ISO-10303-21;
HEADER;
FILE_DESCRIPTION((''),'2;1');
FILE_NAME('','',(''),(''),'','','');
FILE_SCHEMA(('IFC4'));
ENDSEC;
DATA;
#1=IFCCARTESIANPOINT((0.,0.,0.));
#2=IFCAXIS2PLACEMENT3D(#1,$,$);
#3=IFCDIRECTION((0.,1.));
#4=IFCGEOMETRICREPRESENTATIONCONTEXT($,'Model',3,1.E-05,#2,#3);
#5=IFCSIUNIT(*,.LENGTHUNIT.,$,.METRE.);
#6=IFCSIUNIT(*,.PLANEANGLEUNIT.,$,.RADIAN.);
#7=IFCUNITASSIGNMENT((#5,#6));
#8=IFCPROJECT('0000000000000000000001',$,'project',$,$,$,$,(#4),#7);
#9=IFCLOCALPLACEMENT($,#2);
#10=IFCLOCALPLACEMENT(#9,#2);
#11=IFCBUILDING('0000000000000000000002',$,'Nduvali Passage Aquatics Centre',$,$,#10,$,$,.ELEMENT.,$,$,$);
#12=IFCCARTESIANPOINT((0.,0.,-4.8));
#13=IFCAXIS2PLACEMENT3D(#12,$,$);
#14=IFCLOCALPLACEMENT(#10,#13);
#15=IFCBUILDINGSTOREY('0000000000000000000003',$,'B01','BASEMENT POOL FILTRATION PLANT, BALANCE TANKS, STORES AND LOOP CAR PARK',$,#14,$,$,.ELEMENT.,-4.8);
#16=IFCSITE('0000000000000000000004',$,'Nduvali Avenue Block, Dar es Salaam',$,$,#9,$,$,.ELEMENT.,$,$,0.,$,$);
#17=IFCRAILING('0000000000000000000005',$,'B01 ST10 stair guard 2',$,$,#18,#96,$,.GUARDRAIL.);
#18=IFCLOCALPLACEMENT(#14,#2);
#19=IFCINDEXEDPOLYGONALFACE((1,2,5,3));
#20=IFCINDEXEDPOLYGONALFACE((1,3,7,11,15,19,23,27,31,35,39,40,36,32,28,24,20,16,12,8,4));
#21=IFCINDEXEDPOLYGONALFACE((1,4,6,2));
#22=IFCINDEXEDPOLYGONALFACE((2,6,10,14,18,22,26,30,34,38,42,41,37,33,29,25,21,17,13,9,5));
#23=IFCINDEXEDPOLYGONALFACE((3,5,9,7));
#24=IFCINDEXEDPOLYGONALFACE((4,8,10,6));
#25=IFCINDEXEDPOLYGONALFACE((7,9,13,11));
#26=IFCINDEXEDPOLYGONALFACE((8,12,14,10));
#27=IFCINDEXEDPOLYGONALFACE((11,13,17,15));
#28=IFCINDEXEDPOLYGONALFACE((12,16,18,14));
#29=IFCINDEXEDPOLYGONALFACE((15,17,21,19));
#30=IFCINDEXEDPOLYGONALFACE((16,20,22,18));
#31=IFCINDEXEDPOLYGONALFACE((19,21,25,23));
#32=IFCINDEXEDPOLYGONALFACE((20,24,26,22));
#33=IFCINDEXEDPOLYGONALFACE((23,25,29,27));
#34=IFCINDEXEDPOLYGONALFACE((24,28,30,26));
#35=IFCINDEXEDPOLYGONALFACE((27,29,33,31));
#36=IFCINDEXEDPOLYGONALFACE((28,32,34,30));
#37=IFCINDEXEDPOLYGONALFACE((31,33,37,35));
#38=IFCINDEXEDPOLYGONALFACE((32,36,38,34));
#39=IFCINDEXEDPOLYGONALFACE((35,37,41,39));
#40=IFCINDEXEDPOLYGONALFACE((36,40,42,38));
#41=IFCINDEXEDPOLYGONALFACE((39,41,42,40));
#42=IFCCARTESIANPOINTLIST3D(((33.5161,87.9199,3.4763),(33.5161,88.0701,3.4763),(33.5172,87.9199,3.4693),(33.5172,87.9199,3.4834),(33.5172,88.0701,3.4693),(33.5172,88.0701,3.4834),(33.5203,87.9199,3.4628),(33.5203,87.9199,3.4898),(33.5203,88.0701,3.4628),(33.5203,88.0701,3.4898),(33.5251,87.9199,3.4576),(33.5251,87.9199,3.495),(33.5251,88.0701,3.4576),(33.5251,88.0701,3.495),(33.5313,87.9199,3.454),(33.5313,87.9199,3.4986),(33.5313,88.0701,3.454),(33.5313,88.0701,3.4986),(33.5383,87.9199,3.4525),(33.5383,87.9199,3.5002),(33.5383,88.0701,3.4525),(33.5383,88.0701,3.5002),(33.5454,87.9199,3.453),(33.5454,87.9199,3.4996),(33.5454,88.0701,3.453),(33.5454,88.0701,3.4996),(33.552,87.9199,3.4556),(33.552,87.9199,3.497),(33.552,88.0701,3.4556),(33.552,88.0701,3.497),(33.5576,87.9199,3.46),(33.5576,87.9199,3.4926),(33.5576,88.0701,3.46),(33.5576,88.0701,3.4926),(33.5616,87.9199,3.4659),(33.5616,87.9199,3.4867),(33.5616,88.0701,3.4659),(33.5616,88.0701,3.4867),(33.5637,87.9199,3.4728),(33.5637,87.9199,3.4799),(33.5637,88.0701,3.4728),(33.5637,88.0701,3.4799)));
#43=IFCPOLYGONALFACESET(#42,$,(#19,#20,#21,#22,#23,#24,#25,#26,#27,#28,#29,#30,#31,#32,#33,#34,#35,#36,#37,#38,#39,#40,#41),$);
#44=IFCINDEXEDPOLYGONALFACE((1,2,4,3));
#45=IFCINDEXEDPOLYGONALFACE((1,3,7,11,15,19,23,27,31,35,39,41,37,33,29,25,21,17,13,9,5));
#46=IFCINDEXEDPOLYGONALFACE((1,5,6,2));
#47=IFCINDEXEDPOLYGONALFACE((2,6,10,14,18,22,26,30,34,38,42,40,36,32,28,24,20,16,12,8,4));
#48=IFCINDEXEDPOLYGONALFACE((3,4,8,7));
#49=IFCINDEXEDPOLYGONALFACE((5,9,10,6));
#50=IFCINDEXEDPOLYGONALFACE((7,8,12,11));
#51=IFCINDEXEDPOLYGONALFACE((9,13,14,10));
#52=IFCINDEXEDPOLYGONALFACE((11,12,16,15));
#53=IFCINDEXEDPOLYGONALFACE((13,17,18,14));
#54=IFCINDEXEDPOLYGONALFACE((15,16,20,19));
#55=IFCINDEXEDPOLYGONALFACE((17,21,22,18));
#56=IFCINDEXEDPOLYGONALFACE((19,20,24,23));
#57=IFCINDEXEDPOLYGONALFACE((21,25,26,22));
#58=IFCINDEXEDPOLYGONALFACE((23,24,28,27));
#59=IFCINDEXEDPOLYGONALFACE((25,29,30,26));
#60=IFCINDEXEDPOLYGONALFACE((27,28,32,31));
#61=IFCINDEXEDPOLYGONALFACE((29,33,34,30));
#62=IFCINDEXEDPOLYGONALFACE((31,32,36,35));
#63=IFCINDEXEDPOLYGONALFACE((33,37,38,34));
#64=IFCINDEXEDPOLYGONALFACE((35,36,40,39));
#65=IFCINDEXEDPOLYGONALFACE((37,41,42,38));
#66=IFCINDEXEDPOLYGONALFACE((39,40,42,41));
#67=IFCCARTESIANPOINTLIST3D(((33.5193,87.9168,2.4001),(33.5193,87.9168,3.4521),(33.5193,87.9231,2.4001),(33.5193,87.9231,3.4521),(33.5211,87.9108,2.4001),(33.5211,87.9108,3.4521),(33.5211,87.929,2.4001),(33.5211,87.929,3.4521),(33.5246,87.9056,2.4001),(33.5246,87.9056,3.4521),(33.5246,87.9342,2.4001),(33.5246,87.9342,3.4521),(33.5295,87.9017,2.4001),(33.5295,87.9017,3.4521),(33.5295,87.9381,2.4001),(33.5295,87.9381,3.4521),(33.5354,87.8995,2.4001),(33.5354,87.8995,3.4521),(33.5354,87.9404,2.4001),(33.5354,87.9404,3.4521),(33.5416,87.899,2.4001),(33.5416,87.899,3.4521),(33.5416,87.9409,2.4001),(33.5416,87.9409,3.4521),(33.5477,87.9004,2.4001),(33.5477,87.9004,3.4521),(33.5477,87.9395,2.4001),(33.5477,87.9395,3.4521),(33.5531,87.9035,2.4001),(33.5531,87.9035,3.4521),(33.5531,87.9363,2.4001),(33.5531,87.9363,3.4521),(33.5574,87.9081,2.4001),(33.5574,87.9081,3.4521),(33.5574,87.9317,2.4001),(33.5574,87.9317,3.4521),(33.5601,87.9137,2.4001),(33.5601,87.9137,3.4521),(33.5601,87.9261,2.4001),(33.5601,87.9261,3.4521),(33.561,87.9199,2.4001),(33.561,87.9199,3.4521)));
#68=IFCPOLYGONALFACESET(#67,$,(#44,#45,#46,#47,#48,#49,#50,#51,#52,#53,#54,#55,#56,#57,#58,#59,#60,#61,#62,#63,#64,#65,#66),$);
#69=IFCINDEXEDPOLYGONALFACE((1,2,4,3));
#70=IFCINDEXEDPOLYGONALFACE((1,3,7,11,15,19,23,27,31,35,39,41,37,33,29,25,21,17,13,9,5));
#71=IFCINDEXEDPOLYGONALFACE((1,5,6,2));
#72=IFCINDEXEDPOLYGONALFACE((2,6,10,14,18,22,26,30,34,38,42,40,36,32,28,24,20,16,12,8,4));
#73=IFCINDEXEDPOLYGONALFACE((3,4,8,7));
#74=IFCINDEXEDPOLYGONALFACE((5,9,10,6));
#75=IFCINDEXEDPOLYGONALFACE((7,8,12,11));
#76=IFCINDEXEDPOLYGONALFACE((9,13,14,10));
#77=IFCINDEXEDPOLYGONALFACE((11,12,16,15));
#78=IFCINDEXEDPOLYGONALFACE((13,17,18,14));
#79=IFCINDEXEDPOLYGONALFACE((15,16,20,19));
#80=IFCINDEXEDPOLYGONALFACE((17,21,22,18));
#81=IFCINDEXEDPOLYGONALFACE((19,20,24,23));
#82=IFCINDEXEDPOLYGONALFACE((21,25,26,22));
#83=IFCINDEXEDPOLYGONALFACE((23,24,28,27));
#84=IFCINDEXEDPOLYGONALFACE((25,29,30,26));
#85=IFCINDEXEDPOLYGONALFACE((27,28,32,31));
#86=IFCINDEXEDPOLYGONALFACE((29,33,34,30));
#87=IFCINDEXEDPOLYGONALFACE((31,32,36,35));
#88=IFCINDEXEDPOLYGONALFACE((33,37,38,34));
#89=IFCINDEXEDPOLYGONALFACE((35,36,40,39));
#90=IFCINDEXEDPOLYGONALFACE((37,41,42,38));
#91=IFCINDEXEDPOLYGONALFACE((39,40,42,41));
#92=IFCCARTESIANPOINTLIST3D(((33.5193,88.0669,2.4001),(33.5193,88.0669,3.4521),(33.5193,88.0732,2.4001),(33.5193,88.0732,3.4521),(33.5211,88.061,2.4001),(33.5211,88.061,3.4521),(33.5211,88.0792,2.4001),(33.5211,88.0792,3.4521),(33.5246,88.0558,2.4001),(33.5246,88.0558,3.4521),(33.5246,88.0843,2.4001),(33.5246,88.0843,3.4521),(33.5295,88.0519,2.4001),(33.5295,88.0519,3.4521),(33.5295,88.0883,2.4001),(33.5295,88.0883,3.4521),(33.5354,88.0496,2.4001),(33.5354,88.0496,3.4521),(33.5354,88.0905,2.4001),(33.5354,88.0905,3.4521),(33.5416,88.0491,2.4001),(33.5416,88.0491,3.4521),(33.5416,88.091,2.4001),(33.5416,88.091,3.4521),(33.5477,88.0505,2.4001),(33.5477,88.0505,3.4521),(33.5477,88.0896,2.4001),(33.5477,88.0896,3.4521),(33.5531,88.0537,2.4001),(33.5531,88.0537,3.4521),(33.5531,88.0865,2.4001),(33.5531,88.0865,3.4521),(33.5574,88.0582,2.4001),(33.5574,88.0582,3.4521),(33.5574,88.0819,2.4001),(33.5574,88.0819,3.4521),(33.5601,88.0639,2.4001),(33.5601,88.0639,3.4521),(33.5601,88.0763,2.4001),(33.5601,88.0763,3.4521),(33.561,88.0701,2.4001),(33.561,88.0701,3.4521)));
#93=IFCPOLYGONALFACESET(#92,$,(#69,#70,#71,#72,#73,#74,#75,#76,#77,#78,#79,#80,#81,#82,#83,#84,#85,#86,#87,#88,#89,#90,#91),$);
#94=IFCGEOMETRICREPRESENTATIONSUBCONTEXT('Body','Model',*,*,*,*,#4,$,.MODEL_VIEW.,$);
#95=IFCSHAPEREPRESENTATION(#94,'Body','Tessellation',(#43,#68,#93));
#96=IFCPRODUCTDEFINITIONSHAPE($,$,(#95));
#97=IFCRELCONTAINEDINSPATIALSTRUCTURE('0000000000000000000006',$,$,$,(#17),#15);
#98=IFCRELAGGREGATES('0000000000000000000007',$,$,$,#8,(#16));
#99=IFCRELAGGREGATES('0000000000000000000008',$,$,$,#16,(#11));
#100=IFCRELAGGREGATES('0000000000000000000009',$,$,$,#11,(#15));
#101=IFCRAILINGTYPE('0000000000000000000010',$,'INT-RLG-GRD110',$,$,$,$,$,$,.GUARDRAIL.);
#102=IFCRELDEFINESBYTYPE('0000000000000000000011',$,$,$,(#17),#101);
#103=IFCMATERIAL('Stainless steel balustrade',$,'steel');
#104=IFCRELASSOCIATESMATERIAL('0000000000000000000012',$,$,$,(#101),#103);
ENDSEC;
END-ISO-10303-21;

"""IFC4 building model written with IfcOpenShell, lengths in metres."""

from ifc_helpers import new_model, si_unit, direction, frame, origin, origin_2d, place, context, subcontext, project, spatial, circle, extrude, material, type_object, element, save


model = new_model("IFC4")

# Units and contexts
model_context = context("Model", 3, precision=1e-05, world=origin(), true_north=direction((0.0, 1.0)))
body_context = subcontext(model_context, "Body", "Model", "MODEL_VIEW")
ifc_project = project(units=[si_unit("LENGTHUNIT", "METRE"), si_unit("PLANEANGLEUNIT", "RADIAN")], contexts=[model_context])

# Site, building, storey
site_placement = place(None, origin())
site = spatial("IfcSite", under=ifc_project, at=site_placement, Name="Nduvali Avenue Block, Dar es Salaam", CompositionType="ELEMENT", RefElevation=0.0)
building_placement = place(site_placement, origin())
building = spatial("IfcBuilding", under=site, at=building_placement, Name="Nduvali Passage Aquatics Centre", CompositionType="ELEMENT")
storey_placement = place(building_placement, frame((0.0, 0.0, -4.8)))
storey = spatial("IfcBuildingStorey", under=building, at=storey_placement, Name="B01", Description="BASEMENT POOL FILTRATION PLANT, BALANCE TANKS, STORES AND LOOP CAR PARK", CompositionType="ELEMENT", Elevation=-4.8)

# Railing
ifc_material_1 = material(Name="Stainless steel balustrade", Category="steel")
railing_type_1 = type_object("IfcRailingType", Name="INT-RLG-GRD110", PredefinedType="GUARDRAIL", material=ifc_material_1)
railing_1_placement = place(storey_placement, frame((33.54, 87.9199, 2.4001)))
element("IfcRailing", 1, at=railing_1_placement, inside=storey, type_object=railing_type_1, Name="B01 ST10 stair guard 2", PredefinedType="GUARDRAIL", context=body_context, shape_type="SweptSolid", body=[
    extrude(circle(Radius=0.0239, at=origin_2d()), frame((0.0, 0.0, 1.0762), z_axis=(0.0, 1.0, 0.0), x_axis=(-1.0, 0.0, 0.0)), (0.0, 0.0, 1.0), 0.1501),
    extrude(circle(Radius=0.021, at=origin_2d()), origin(), (0.0, 0.0, 1.0), 1.052),
    extrude(circle(Radius=0.021, at=origin_2d()), frame((0.0, 0.1501, 0.0)), (0.0, 0.0, 1.0), 1.052),
])

save(model, "model.ifc")
